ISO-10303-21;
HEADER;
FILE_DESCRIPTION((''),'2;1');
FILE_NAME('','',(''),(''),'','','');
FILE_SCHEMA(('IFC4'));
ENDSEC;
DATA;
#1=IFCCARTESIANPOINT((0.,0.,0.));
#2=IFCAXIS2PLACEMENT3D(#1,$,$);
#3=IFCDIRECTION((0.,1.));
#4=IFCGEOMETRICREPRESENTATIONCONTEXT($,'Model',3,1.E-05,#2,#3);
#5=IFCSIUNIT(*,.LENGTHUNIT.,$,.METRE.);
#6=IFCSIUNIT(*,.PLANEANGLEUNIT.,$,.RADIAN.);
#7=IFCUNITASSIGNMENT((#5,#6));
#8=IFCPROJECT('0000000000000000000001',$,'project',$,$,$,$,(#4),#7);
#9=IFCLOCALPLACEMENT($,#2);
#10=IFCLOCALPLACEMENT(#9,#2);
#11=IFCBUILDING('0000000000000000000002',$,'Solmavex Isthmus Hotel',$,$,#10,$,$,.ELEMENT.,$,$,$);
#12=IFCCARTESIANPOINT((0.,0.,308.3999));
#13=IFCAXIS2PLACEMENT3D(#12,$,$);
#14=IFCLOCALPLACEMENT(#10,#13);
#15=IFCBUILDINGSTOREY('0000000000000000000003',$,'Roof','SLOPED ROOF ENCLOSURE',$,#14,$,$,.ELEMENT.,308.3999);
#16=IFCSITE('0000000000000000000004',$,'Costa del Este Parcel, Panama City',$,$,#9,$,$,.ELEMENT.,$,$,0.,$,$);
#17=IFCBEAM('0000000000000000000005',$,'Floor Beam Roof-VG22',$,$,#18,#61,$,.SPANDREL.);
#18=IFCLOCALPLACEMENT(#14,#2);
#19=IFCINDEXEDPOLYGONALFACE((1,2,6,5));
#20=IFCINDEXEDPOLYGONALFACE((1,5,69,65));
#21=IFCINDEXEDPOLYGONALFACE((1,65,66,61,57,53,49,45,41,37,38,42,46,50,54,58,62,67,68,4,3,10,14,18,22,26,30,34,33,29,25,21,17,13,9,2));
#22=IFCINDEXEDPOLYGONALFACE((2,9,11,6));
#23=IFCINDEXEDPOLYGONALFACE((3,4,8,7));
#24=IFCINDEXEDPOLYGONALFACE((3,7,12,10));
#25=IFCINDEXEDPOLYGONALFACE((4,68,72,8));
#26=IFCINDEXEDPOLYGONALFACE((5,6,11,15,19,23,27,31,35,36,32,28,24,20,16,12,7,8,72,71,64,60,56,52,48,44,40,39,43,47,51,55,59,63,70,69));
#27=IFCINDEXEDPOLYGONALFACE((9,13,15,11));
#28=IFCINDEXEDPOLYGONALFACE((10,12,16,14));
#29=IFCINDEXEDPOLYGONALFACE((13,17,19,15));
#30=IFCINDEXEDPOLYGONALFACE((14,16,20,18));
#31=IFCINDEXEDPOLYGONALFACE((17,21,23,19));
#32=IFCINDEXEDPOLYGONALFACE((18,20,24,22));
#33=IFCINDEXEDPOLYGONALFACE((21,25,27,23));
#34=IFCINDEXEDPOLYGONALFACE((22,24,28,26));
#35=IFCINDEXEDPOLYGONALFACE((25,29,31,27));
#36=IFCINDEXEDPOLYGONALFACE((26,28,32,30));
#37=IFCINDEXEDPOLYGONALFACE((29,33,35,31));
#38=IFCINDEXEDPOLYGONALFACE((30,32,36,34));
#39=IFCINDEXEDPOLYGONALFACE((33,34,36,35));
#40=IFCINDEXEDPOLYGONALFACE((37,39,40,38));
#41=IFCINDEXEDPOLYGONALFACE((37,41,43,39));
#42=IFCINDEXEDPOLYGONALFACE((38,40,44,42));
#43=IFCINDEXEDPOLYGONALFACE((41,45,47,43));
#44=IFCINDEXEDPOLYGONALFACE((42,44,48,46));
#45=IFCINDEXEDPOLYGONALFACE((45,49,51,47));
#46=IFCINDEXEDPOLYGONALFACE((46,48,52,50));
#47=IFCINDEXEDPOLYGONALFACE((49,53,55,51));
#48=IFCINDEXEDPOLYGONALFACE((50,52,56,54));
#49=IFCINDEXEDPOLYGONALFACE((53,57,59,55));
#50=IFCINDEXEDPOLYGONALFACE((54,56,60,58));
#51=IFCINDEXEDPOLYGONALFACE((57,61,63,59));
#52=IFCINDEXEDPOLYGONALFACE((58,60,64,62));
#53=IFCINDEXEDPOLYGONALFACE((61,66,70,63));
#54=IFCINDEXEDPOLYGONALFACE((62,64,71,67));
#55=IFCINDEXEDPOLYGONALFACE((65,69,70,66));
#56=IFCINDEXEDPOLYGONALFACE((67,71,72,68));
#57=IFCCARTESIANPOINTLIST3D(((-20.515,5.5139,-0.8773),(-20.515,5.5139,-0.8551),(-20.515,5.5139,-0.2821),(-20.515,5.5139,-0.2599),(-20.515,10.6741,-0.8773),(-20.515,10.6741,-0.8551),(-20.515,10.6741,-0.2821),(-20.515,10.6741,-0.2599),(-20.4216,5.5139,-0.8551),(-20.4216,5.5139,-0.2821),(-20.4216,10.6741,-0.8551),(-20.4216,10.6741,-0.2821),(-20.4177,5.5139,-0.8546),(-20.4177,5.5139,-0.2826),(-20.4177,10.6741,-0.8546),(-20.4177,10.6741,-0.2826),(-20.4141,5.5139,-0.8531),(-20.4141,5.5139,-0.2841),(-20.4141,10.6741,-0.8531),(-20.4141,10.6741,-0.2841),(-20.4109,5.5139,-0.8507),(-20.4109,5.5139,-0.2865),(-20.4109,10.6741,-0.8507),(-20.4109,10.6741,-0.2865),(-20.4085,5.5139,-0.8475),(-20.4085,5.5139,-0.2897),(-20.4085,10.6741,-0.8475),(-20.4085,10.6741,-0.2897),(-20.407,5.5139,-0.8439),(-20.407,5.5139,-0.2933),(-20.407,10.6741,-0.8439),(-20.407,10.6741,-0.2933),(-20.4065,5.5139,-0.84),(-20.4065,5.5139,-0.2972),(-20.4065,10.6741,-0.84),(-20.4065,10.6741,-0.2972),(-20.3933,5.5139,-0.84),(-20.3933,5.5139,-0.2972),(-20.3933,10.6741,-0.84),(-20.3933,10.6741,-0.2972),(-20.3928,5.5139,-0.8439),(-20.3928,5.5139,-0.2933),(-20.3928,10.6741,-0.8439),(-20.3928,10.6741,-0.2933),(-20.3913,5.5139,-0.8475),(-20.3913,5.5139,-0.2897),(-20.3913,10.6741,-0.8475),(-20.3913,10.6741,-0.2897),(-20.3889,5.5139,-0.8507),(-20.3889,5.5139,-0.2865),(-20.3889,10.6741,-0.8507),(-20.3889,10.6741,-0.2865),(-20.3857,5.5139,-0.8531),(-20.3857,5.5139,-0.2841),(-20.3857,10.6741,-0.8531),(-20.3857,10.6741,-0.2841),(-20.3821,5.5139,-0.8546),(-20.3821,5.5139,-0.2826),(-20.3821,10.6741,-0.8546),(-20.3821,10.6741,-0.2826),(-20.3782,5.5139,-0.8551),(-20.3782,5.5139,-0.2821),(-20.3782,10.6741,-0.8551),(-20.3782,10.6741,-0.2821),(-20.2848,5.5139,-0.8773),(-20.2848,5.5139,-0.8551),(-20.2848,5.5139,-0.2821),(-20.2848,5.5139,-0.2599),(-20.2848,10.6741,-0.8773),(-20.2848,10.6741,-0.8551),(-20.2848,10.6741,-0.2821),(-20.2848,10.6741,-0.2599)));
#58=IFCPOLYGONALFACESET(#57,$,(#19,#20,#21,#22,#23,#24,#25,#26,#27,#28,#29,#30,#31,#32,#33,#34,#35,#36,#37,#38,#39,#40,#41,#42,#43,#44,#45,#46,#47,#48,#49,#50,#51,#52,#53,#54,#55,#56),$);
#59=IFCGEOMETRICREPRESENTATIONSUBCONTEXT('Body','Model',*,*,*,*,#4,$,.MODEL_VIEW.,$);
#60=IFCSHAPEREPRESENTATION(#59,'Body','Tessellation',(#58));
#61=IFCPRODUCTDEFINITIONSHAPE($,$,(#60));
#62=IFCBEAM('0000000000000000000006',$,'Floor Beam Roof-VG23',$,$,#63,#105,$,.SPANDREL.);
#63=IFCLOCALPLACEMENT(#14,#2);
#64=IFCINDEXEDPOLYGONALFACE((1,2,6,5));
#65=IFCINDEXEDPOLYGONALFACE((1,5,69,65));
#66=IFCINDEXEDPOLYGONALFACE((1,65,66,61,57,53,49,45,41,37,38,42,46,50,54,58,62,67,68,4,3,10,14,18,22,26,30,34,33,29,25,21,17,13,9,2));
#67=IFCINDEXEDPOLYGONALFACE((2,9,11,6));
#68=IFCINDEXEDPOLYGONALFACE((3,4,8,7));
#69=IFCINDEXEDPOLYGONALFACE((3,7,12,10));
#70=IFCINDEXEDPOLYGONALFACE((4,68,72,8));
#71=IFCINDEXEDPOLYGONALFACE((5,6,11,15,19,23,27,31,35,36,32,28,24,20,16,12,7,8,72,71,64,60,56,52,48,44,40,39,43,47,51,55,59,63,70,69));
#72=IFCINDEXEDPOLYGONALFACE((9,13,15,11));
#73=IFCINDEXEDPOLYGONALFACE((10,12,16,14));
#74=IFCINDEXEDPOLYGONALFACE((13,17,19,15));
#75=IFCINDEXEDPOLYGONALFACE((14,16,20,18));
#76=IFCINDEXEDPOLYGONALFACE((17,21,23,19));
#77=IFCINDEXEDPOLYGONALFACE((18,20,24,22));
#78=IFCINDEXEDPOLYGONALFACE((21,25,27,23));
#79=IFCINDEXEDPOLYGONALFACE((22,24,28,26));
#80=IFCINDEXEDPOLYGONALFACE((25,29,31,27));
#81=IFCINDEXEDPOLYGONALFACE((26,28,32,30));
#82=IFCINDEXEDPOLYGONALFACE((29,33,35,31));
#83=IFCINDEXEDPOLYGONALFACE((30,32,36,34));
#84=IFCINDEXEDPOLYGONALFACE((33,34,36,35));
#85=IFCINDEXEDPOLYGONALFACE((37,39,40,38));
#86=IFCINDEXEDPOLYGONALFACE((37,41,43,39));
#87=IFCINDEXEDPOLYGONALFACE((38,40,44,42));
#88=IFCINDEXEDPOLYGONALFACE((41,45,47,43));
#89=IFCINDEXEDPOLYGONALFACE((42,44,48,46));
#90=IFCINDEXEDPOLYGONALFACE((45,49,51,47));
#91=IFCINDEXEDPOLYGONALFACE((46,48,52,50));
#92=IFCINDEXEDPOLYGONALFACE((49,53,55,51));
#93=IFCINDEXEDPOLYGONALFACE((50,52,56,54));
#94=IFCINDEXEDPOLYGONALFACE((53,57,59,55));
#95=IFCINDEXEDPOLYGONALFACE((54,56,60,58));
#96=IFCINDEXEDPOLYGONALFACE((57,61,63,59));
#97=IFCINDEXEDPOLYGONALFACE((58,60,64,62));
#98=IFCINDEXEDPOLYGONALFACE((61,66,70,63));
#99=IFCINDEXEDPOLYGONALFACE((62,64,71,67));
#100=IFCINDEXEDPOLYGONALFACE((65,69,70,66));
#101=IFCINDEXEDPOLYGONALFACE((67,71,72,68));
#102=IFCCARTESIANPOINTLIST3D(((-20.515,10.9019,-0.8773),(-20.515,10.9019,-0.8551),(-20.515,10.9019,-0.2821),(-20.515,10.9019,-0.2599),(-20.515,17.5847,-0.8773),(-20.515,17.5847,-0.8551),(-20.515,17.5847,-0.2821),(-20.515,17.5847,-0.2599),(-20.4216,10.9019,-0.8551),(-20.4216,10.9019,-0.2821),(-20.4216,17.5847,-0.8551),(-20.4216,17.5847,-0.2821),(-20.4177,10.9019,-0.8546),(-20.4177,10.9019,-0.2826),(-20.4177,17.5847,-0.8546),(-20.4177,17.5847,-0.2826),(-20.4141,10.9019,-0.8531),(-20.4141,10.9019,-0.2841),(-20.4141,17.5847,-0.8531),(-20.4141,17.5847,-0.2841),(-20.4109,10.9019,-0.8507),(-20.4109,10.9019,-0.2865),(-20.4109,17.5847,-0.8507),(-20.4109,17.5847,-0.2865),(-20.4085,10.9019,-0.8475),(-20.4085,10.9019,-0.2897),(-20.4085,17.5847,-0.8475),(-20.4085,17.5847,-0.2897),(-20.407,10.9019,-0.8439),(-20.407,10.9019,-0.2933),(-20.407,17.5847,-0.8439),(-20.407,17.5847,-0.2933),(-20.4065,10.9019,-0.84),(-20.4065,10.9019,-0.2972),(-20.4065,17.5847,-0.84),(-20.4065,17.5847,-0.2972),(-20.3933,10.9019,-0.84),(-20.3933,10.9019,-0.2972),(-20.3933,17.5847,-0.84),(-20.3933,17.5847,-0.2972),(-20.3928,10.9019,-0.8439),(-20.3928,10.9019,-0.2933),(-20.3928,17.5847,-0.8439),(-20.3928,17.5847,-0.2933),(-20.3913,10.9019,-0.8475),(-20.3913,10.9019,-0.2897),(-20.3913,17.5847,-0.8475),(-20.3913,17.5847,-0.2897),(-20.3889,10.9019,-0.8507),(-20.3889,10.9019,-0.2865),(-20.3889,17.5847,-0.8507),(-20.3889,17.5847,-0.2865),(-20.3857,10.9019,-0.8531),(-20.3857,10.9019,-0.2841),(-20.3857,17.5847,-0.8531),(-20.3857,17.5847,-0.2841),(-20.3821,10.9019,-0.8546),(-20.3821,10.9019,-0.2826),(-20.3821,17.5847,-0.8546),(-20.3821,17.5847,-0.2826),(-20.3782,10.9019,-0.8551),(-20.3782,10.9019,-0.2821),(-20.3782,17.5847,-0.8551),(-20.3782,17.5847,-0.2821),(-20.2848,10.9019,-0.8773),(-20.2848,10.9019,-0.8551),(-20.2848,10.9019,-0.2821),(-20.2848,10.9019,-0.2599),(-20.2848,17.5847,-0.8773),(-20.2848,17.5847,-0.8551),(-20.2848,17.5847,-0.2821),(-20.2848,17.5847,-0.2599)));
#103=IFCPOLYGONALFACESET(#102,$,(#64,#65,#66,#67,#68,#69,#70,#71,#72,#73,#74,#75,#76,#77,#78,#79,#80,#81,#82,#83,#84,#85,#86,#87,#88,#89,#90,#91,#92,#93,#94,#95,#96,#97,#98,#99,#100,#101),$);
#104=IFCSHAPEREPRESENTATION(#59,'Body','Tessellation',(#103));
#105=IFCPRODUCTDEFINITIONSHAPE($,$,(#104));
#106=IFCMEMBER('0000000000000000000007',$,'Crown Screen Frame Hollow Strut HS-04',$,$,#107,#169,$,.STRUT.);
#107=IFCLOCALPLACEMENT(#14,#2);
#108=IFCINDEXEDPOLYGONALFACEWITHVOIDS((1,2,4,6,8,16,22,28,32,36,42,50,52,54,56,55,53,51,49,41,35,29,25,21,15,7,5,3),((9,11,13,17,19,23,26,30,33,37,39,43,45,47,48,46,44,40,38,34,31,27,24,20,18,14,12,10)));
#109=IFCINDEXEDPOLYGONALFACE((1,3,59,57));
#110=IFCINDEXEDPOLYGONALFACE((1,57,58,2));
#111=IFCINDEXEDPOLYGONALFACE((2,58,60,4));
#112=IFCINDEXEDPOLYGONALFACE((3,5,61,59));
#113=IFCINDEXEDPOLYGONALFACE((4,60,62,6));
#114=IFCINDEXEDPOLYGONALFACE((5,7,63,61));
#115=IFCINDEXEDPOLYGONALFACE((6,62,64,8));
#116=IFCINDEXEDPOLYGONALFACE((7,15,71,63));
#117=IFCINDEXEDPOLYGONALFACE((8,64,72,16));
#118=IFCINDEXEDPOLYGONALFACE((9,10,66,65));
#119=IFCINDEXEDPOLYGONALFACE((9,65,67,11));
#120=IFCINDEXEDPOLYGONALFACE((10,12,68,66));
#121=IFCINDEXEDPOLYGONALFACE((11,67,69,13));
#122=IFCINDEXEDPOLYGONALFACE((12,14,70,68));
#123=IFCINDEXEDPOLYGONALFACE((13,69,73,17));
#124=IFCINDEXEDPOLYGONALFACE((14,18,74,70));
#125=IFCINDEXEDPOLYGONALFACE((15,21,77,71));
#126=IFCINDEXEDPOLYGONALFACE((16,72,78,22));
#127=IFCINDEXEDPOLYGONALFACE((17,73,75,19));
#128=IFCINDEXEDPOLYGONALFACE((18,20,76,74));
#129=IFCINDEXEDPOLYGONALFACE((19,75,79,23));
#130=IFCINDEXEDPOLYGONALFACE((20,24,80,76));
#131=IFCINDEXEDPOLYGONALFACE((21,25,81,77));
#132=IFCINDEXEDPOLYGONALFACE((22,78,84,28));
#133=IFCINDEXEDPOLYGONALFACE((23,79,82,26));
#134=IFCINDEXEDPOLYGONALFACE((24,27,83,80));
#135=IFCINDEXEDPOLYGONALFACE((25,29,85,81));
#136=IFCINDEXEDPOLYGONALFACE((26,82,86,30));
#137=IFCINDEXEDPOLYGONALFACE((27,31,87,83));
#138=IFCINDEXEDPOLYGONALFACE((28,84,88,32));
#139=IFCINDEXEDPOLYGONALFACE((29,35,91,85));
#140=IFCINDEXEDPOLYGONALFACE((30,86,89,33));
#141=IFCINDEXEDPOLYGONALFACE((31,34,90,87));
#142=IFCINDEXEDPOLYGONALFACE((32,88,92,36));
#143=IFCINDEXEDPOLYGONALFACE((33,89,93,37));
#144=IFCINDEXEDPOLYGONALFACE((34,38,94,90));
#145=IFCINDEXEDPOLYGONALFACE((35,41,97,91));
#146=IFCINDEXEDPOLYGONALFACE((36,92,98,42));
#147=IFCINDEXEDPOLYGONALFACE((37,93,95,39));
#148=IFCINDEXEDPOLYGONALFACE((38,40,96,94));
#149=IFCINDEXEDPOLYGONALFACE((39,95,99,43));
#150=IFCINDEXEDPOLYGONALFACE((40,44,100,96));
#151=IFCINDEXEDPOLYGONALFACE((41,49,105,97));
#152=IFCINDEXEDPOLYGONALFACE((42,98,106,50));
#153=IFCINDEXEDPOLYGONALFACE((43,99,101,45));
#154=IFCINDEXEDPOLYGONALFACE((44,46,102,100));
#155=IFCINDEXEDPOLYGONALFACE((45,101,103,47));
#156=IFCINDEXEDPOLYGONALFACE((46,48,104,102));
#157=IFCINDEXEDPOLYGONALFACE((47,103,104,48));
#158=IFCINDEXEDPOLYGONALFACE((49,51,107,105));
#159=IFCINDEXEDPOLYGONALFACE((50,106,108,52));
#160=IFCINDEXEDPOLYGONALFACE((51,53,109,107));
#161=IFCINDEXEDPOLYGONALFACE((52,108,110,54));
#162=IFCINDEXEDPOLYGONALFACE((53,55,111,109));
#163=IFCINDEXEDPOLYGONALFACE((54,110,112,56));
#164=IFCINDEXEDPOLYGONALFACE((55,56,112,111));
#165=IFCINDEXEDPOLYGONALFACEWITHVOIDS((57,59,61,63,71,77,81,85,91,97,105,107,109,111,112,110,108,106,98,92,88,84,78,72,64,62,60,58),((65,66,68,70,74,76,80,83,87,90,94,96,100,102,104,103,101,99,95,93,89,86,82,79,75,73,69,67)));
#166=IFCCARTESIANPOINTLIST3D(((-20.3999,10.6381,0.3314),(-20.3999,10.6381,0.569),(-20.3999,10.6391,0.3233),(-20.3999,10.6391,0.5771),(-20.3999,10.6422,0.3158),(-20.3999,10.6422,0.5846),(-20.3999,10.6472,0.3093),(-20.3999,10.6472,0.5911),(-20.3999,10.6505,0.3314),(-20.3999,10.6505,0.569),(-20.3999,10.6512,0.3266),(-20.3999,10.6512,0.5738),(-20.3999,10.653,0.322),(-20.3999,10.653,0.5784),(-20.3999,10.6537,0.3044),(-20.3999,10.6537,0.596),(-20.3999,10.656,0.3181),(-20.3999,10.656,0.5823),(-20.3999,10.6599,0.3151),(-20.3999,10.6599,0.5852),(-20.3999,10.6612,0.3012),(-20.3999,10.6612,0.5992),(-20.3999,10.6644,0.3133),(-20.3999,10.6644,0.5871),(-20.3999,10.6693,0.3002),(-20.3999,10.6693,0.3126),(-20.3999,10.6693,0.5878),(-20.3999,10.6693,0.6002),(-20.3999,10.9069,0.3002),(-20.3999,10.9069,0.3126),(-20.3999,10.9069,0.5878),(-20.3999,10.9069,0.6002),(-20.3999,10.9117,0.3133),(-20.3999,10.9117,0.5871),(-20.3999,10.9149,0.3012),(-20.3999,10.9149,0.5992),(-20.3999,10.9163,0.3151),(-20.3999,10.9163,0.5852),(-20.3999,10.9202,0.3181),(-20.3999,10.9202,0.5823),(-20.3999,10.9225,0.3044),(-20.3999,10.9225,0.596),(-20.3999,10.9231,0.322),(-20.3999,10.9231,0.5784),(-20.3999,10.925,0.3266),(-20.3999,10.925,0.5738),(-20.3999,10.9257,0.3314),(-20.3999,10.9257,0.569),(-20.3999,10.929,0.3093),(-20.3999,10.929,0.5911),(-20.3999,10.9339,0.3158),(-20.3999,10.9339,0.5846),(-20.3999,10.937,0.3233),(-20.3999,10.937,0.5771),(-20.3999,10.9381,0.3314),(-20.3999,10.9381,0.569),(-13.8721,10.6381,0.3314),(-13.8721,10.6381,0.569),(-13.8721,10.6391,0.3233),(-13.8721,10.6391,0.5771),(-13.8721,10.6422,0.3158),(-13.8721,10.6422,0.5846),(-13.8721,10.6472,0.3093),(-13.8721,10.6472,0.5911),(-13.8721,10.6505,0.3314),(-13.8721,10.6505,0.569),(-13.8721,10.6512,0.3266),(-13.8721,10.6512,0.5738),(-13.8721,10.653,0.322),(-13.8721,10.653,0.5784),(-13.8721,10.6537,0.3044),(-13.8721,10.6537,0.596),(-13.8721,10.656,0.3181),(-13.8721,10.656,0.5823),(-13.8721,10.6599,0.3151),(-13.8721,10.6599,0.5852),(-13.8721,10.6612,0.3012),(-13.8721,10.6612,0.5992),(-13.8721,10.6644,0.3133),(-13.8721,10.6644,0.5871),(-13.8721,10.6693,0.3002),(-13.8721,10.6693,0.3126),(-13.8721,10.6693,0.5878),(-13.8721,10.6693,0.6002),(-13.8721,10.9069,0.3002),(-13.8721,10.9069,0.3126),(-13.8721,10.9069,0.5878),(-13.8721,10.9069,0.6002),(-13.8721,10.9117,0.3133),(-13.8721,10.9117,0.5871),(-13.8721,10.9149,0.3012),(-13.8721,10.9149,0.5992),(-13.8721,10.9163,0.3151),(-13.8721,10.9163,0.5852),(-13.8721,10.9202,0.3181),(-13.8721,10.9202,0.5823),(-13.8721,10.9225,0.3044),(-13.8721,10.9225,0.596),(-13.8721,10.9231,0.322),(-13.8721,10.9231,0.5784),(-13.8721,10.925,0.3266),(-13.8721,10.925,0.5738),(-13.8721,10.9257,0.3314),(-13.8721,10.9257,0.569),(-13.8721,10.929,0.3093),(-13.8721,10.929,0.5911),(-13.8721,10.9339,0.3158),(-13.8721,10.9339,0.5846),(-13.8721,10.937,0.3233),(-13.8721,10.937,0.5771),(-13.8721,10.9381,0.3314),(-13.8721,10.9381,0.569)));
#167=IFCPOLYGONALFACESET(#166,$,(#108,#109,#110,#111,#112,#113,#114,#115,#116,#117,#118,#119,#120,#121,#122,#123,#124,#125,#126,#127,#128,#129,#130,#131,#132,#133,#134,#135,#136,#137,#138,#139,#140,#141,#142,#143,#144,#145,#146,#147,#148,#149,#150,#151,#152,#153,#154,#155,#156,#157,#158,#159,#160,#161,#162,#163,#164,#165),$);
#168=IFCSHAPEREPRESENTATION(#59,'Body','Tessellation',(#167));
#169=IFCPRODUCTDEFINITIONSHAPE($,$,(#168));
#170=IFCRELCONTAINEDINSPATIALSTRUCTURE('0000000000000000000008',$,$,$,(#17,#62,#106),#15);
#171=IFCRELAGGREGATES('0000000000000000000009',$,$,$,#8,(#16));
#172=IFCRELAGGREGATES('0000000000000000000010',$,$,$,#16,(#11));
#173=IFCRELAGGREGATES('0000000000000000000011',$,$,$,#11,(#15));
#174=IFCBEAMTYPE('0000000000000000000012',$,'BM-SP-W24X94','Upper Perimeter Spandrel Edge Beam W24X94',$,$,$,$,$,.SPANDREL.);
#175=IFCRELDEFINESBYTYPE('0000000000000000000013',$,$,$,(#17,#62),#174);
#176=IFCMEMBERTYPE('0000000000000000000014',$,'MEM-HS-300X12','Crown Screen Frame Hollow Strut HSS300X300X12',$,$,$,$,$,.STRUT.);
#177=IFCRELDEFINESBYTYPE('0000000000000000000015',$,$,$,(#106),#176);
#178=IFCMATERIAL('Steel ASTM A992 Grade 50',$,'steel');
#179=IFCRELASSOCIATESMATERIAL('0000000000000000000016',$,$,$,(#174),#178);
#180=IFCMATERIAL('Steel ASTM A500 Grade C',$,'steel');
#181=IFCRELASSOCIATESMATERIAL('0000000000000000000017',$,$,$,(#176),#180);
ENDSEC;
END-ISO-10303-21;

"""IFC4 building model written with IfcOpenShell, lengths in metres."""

from ifc_helpers import new_model, si_unit, direction, frame, origin, origin_2d, place, context, subcontext, project, spatial, hollow_rectangle, i_section, extrude, material, material_profile, profile_set, type_object, element, save


model = new_model("IFC4")

# Units and contexts
model_context = context("Model", 3, precision=1e-05, world=origin(), true_north=direction((0.0, 1.0)))
body_context = subcontext(model_context, "Body", "Model", "MODEL_VIEW")
ifc_project = project(units=[si_unit("LENGTHUNIT", "METRE"), si_unit("PLANEANGLEUNIT", "RADIAN")], contexts=[model_context])

# Site, building, storey
site_placement = place(None, origin())
site = spatial("IfcSite", under=ifc_project, at=site_placement, Name="Costa del Este Parcel, Panama City", CompositionType="ELEMENT", RefElevation=0.0)
building_placement = place(site_placement, origin())
building = spatial("IfcBuilding", under=site, at=building_placement, Name="Solmavex Isthmus Hotel", CompositionType="ELEMENT")
storey_placement = place(building_placement, frame((0.0, 0.0, 308.3999)))
storey = spatial("IfcBuildingStorey", under=building, at=storey_placement, Name="Roof", Description="SLOPED ROOF ENCLOSURE", CompositionType="ELEMENT", Elevation=308.3999)

# Beams
ifc_material_1 = material(Name="Steel ASTM A992 Grade 50", Category="steel")
ifc_material_profile_1 = material_profile(ifc_material_1, i_section(OverallWidth=0.2302, OverallDepth=0.6174, WebThickness=0.0132, FlangeThickness=0.0222, FilletRadius=0.0151, at=origin_2d()), Name="W24X94")
ifc_profile_set_1 = profile_set([ifc_material_profile_1], Name="Steel ASTM A992 Grade 50")
beam_type_1 = type_object("IfcBeamType", Name="BM-SP-W24X94", Description="Upper Perimeter Spandrel Edge Beam W24X94", PredefinedType="SPANDREL", material=ifc_profile_set_1)
beam_1_placement = place(storey_placement, frame((-20.3999, 5.5139, -0.5686), z_axis=(0.0, 1.0, 0.0), x_axis=(-1.0, 0.0, 0.0)))
element("IfcBeam", 1, at=beam_1_placement, inside=storey, type_object=beam_type_1, Name="Floor Beam Roof-VG22", PredefinedType="SPANDREL", context=body_context, shape_type="SweptSolid", body=[
    extrude(i_section(OverallWidth=0.2302, OverallDepth=0.6174, WebThickness=0.0132, FlangeThickness=0.0222, FilletRadius=0.0151, at=origin_2d()), origin(), (0.0, 0.0, 1.0), 5.1602),
])
beam_2_placement = place(storey_placement, frame((-20.3999, 10.9019, -0.5686), z_axis=(0.0, 1.0, 0.0), x_axis=(-1.0, 0.0, 0.0)))
element("IfcBeam", 2, at=beam_2_placement, inside=storey, type_object=beam_type_1, Name="Floor Beam Roof-VG23", PredefinedType="SPANDREL", context=body_context, shape_type="SweptSolid", body=[
    extrude(i_section(OverallWidth=0.2302, OverallDepth=0.6174, WebThickness=0.0132, FlangeThickness=0.0222, FilletRadius=0.0151, at=origin_2d()), origin(), (0.0, 0.0, 1.0), 6.6829),
])

# Member
ifc_material_2 = material(Name="Steel ASTM A500 Grade C", Category="steel")
ifc_material_profile_2 = material_profile(ifc_material_2, hollow_rectangle(XDim=0.3, YDim=0.3, WallThickness=0.0125, InnerFilletRadius=0.0188, OuterFilletRadius=0.0312, at=origin_2d()), Name="HSS300X300X12")
ifc_profile_set_2 = profile_set([ifc_material_profile_2], Name="Steel ASTM A500 Grade C")
member_type = type_object("IfcMemberType", Name="MEM-HS-300X12", Description="Crown Screen Frame Hollow Strut HSS300X300X12", PredefinedType="STRUT", material=ifc_profile_set_2)
for number, where, z_axis, x_axis, name in (
    (3, (-20.3999, 10.7881, 0.4502), (1.0, 0.0, 0.0), (0.0, 1.0, 0.0), "Crown Screen Frame Hollow Strut HS-04"),
):
    element("IfcMember", number, at=place(storey_placement, frame(where, z_axis=z_axis, x_axis=x_axis)), inside=storey, type_object=member_type, Name=name, PredefinedType="STRUT", context=body_context, shape_type="SweptSolid", body=[
        extrude(hollow_rectangle(XDim=0.3, YDim=0.3, WallThickness=0.0125, InnerFilletRadius=0.0188, OuterFilletRadius=0.0312, at=origin_2d()), origin(), (0.0, 0.0, 1.0), 6.5278),
    ])

save(model, "model.ifc")
